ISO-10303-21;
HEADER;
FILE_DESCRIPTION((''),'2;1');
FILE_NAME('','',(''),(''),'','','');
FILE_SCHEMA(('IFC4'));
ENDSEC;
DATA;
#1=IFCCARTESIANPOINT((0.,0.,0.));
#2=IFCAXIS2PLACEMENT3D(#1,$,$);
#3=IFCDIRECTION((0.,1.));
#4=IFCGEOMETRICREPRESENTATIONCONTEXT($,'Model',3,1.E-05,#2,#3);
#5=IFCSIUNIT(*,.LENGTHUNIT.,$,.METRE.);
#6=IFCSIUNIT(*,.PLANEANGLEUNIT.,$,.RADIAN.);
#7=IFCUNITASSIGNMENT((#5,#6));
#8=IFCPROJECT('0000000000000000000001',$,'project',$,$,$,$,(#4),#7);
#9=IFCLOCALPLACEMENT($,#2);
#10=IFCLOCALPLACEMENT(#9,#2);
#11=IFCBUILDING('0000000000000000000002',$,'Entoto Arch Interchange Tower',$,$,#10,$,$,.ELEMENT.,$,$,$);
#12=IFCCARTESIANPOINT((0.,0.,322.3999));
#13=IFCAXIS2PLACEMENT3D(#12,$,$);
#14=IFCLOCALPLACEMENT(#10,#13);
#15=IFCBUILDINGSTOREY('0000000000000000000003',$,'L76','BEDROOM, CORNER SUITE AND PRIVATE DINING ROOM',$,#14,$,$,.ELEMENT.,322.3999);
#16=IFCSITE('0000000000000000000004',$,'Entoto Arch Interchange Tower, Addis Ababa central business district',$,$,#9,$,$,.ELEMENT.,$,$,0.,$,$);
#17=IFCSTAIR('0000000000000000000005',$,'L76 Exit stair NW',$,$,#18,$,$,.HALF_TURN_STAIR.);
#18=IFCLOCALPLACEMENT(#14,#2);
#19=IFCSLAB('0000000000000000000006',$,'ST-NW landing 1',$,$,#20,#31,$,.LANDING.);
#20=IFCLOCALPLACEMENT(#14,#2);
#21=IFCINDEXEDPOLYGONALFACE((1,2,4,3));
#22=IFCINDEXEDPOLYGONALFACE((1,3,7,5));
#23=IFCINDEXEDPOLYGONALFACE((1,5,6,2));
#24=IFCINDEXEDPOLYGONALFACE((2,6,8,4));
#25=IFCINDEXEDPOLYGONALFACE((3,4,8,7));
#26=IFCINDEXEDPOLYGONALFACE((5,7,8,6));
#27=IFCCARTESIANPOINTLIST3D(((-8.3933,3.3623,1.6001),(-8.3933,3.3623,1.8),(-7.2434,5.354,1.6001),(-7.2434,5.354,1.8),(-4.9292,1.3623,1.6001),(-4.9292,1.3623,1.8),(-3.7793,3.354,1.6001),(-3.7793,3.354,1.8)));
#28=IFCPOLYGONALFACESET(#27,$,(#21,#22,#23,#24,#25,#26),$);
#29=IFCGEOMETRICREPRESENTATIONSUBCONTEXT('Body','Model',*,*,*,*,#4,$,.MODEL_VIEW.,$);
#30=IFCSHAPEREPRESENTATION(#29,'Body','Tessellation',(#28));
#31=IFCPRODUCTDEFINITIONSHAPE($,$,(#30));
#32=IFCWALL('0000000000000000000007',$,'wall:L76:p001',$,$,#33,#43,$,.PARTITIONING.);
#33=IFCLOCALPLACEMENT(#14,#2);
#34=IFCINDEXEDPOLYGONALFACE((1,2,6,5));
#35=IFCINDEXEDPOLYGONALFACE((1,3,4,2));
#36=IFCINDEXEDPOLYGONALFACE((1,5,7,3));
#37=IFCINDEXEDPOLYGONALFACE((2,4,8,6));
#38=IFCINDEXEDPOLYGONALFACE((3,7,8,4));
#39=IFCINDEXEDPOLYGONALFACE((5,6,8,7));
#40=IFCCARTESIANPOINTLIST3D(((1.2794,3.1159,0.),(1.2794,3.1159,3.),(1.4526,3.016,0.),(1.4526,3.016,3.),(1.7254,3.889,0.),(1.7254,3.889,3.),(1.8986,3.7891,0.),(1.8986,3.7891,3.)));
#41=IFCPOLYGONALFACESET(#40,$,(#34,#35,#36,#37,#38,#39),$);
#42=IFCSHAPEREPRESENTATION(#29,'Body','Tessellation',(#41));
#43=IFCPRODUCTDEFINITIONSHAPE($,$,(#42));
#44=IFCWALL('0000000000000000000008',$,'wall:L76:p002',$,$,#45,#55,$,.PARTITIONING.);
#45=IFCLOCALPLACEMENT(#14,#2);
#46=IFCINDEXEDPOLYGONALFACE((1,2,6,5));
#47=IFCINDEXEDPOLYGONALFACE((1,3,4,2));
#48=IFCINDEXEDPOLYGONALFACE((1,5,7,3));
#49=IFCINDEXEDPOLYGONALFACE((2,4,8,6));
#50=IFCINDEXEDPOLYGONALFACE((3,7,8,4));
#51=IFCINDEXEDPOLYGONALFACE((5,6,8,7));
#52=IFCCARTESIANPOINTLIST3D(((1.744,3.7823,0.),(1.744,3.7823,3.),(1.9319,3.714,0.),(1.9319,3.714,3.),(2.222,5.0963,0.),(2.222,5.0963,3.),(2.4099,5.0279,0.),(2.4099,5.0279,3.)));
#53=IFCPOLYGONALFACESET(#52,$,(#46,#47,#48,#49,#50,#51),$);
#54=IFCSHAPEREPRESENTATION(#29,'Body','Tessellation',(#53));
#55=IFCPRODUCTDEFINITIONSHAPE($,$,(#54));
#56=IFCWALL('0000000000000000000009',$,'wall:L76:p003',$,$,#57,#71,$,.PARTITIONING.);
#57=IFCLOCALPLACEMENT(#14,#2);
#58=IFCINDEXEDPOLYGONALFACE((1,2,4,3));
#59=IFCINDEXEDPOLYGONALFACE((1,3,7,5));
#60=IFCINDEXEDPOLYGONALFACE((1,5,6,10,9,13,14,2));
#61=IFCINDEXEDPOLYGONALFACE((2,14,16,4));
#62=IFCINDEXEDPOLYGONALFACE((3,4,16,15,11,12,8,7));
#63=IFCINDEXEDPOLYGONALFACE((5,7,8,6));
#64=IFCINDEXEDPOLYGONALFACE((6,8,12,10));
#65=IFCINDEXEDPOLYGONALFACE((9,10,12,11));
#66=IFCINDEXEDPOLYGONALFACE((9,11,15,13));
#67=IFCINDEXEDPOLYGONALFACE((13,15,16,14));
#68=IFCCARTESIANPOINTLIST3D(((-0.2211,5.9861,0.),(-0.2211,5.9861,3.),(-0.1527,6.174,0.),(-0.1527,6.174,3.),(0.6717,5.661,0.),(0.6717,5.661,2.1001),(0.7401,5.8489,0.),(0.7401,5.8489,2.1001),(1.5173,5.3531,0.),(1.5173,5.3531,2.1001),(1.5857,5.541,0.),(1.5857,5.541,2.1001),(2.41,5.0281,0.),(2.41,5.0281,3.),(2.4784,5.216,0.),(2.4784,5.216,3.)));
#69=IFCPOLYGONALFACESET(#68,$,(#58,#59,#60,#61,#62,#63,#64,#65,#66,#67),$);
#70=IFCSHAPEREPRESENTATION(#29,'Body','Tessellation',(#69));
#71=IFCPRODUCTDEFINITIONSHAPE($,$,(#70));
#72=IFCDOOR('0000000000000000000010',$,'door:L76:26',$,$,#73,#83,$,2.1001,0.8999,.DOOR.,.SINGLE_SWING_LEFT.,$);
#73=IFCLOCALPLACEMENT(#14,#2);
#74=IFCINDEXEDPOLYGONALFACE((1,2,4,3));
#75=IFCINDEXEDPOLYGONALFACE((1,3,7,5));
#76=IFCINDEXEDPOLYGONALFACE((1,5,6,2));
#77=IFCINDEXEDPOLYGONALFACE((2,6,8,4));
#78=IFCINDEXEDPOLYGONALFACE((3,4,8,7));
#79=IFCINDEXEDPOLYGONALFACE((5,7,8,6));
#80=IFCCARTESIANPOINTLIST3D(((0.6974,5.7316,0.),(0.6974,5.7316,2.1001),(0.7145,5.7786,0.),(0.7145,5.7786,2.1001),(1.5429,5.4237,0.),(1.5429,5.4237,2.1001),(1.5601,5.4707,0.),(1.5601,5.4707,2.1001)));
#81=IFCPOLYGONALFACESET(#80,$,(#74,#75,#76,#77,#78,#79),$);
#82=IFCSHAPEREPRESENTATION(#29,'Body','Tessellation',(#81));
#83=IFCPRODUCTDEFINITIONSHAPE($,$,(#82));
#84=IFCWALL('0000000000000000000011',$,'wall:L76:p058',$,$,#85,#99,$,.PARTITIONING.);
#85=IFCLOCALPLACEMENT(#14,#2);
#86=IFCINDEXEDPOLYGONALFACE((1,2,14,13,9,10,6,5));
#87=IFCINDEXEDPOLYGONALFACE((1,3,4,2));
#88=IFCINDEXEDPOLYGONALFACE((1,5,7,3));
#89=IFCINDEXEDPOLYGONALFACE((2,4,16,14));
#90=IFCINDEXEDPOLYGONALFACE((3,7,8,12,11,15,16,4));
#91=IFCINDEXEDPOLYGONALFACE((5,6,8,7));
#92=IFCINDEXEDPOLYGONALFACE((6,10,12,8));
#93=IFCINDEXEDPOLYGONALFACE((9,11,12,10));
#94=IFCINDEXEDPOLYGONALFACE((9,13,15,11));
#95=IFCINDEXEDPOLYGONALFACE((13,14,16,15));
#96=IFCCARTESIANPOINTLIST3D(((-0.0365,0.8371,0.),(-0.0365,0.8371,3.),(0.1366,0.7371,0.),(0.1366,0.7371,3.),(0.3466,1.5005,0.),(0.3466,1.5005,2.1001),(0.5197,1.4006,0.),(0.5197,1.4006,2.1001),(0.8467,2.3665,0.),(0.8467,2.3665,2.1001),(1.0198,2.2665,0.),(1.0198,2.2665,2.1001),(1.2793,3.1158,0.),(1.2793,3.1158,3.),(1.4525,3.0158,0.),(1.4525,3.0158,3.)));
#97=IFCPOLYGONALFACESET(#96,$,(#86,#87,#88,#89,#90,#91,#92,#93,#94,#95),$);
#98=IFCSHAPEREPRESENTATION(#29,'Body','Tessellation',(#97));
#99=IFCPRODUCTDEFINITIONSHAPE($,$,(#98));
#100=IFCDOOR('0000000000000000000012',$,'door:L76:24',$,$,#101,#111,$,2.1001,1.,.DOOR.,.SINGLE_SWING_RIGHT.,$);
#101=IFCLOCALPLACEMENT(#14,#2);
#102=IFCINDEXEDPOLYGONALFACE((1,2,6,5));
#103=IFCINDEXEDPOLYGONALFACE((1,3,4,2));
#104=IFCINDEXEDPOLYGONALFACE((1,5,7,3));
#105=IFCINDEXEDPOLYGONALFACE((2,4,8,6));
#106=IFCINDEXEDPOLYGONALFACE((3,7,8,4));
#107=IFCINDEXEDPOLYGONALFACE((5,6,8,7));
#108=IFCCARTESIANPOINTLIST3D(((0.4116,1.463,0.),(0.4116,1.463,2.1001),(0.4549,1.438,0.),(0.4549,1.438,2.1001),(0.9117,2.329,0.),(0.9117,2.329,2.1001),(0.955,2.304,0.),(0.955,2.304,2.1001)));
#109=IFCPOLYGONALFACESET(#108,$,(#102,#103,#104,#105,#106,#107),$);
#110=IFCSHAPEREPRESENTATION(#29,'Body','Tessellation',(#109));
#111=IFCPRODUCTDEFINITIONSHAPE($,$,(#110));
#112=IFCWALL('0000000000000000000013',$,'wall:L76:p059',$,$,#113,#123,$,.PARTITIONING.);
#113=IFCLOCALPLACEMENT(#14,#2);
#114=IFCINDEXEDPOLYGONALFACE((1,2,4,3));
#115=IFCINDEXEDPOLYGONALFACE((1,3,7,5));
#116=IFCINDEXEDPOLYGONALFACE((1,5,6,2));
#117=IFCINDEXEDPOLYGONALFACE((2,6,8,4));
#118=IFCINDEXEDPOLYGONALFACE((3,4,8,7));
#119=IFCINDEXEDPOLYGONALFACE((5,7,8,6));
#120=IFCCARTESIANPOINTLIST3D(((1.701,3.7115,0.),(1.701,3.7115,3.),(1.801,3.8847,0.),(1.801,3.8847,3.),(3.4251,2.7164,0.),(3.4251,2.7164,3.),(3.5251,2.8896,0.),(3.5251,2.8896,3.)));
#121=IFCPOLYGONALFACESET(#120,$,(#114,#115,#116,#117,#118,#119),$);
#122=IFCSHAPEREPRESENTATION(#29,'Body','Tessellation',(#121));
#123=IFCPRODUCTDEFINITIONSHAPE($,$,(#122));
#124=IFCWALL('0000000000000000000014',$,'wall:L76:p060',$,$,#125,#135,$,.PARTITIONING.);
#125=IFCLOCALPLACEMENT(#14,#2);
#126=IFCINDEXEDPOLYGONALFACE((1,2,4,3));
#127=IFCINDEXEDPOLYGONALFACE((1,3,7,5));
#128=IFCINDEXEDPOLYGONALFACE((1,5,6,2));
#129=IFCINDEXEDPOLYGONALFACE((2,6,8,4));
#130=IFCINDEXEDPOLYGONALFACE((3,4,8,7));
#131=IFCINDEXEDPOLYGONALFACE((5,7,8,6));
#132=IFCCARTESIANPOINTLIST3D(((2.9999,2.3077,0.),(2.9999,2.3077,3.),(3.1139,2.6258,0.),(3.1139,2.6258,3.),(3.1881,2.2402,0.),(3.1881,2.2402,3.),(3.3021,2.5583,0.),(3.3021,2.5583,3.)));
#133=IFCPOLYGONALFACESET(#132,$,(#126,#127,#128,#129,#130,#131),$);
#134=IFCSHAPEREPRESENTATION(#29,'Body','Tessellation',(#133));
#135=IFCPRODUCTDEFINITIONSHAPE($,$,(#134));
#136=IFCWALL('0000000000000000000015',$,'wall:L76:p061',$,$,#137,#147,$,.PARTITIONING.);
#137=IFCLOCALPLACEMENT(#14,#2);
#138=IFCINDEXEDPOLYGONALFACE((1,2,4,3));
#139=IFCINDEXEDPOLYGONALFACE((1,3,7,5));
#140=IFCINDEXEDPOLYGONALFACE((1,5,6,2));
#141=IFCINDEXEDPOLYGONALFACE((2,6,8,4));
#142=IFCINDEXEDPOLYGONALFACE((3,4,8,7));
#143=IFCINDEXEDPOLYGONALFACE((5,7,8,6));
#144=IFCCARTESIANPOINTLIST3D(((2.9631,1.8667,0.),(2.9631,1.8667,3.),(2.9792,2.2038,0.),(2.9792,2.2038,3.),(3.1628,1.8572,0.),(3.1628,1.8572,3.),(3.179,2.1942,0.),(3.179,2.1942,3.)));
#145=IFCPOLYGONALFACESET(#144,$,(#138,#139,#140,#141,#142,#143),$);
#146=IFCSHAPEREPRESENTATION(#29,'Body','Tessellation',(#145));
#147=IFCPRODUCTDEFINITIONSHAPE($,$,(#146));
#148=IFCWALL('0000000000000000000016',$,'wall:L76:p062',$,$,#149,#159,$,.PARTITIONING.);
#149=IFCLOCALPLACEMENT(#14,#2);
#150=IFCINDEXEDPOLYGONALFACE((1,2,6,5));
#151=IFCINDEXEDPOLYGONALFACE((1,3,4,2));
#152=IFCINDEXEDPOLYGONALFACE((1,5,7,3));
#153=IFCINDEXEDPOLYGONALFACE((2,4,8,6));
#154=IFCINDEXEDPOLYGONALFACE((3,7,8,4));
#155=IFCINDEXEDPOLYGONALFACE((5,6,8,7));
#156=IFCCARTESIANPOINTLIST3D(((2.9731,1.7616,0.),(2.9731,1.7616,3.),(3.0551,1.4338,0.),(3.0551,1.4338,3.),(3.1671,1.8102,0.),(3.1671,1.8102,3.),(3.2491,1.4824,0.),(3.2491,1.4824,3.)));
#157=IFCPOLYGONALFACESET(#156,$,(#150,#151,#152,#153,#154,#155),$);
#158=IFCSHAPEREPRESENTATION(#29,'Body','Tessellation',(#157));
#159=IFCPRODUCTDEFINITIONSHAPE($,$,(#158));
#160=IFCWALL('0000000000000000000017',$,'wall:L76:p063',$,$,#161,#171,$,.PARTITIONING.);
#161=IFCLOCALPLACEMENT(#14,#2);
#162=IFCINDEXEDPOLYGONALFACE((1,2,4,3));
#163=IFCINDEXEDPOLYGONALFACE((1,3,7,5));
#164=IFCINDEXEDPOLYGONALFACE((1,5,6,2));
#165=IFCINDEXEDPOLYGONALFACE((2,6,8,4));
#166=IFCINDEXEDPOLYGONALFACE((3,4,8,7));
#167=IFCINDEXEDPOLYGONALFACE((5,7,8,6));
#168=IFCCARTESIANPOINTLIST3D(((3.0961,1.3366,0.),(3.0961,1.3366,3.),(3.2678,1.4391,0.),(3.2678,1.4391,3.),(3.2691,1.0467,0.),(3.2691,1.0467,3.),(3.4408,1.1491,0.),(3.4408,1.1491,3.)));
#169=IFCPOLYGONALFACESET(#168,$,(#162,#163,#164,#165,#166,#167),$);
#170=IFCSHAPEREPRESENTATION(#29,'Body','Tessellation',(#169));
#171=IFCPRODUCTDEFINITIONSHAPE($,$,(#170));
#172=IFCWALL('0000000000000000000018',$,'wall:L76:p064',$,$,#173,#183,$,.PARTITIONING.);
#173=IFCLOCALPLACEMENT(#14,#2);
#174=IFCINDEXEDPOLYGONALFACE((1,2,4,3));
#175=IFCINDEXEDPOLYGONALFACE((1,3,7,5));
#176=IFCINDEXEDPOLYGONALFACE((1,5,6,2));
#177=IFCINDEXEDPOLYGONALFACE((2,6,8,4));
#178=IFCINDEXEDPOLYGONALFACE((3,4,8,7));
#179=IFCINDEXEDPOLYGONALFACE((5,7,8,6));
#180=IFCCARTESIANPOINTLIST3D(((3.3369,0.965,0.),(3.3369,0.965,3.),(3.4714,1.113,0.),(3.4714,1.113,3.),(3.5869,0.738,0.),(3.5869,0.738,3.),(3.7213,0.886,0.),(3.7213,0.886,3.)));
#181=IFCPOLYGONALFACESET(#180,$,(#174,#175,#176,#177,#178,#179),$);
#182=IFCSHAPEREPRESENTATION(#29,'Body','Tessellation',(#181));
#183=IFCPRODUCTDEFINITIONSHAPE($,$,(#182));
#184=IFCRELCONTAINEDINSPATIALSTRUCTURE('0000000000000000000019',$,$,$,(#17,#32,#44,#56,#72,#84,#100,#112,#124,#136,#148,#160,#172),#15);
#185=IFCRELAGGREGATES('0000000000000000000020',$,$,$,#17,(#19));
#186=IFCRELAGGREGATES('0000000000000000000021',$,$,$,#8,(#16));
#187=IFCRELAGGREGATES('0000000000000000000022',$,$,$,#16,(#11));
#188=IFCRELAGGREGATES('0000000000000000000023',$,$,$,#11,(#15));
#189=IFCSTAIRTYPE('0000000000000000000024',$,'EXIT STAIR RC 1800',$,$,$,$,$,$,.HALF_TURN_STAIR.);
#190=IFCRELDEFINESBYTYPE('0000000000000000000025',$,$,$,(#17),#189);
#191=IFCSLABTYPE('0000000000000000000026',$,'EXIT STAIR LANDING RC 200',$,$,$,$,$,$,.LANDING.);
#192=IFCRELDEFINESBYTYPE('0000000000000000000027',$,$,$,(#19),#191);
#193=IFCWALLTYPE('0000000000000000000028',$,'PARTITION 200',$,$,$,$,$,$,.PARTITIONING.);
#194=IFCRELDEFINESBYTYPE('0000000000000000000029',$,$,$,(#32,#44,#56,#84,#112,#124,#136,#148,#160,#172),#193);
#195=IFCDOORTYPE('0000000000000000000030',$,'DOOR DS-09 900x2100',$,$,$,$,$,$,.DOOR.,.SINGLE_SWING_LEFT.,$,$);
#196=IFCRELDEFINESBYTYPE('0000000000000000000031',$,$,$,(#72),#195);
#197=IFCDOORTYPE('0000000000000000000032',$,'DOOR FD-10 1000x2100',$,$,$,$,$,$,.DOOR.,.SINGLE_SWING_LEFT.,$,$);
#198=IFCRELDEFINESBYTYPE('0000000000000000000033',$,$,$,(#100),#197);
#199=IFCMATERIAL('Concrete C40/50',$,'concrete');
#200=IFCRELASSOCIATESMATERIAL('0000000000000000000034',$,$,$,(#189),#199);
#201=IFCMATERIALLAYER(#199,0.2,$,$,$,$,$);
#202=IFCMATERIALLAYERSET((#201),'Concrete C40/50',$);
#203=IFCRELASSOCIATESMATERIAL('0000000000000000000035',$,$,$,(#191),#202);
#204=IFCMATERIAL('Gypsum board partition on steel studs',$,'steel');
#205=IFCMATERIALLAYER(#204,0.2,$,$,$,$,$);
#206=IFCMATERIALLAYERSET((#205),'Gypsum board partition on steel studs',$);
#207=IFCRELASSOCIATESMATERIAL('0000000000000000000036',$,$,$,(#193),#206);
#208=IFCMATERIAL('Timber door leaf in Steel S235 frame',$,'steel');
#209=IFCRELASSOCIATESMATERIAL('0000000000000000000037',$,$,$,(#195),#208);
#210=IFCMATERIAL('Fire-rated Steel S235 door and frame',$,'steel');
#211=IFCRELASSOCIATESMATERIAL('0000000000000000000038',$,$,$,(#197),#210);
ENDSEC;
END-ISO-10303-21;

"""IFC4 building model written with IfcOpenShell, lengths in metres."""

from ifc_helpers import new_model, si_unit, direction, frame, frame_2d, origin, place, context, subcontext, project, spatial, polyline, rectangle, outline, extrude, material, layer, layer_set, type_object, element, fill, aggregate, save


model = new_model("IFC4")

# Units and contexts
model_context = context("Model", 3, precision=1e-05, world=origin(), true_north=direction((0.0, 1.0)))
body_context = subcontext(model_context, "Body", "Model", "MODEL_VIEW")
ifc_project = project(units=[si_unit("LENGTHUNIT", "METRE"), si_unit("PLANEANGLEUNIT", "RADIAN")], contexts=[model_context])

# Site, building, storey
site_placement = place(None, origin())
site = spatial("IfcSite", under=ifc_project, at=site_placement, Name="Entoto Arch Interchange Tower, Addis Ababa central business district", CompositionType="ELEMENT", RefElevation=0.0)
building_placement = place(site_placement, origin())
building = spatial("IfcBuilding", under=site, at=building_placement, Name="Entoto Arch Interchange Tower", CompositionType="ELEMENT")
storey_placement = place(building_placement, frame((0.0, 0.0, 322.3999)))
storey = spatial("IfcBuildingStorey", under=building, at=storey_placement, Name="L76", Description="BEDROOM, CORNER SUITE AND PRIVATE DINING ROOM", CompositionType="ELEMENT", Elevation=322.3999)

# Stair, slab
ifc_material_1 = material(Name="Concrete C40/50", Category="concrete")
stair_type = type_object("IfcStairType", Name="EXIT STAIR RC 1800", PredefinedType="HALF_TURN_STAIR", material=ifc_material_1)
stair_1_placement = place(storey_placement, origin())
stair_1 = element("IfcStair", 1, at=stair_1_placement, inside=storey, type_object=stair_type, Name="L76 Exit stair NW", PredefinedType="HALF_TURN_STAIR")
ifc_layer_1 = layer(ifc_material_1, 0.2)
ifc_layer_set_1 = layer_set([ifc_layer_1], Name="Concrete C40/50")
slab_type = type_object("IfcSlabType", Name="EXIT STAIR LANDING RC 200", PredefinedType="LANDING", material=ifc_layer_set_1)
slab_placement = place(storey_placement, frame((0.0, 0.0, 1.6001)))
slab = element("IfcSlab", 2, at=slab_placement, type_object=slab_type, Name="ST-NW landing 1", PredefinedType="LANDING", context=body_context, shape_type="SweptSolid", body=[
    extrude(outline(polyline([(-7.2434, 5.354), (-8.3933, 3.3623), (-4.9292, 1.3623), (-3.7793, 3.354), (-7.2434, 5.354)])), origin(), (0.0, 0.0, 1.0), 0.2),
])
aggregate(stair_1, [slab])

# Walls
ifc_material_2 = material(Name="Gypsum board partition on steel studs", Category="steel")
ifc_layer_2 = layer(ifc_material_2, 0.2)
ifc_layer_set_2 = layer_set([ifc_layer_2], Name="Gypsum board partition on steel studs")
wall_type_1 = type_object("IfcWallType", Name="PARTITION 200", PredefinedType="PARTITIONING", material=ifc_layer_set_2)
wall_1_placement = place(storey_placement, frame((1.366, 3.0659, 0.0), z_axis=(0.0, 0.0, 1.0), x_axis=(0.499699, 0.866199, 0.0)))
element("IfcWall", 3, at=wall_1_placement, inside=storey, type_object=wall_type_1, Name="wall:L76:p001", PredefinedType="PARTITIONING", context=body_context, shape_type="SweptSolid", body=[
    extrude(rectangle(XDim=0.8926, YDim=0.2, at=frame_2d((0.4463, 0.0))), origin(), (0.0, 0.0, 1.0), 3.0),
])
wall_2_placement = place(storey_placement, frame((1.8379, 3.748, 0.0), z_axis=(0.0, 0.0, 1.0), x_axis=(0.341883, 0.939742, 0.0)))
element("IfcWall", 4, at=wall_2_placement, inside=storey, type_object=wall_type_1, Name="wall:L76:p002", PredefinedType="PARTITIONING", context=body_context, shape_type="SweptSolid", body=[
    extrude(rectangle(XDim=1.3982, YDim=0.2, at=frame_2d((0.6992, 0.0))), origin(), (0.0, 0.0, 1.0), 3.0),
])

# Walls, openings, doors
wall_3_placement = place(storey_placement, frame((2.4441, 5.1221, 0.0), z_axis=(0.0, 0.0, 1.0), x_axis=(-0.939651, 0.342135, 0.0)))
wall_3 = element("IfcWall", 5, at=wall_3_placement, inside=storey, type_object=wall_type_1, Name="wall:L76:p003", PredefinedType="PARTITIONING", context=body_context, shape_type="SweptSolid", body=[
    extrude(rectangle(XDim=2.8, YDim=0.2, at=frame_2d((1.3999, 0.0))), origin(), (0.0, 0.0, 1.0), 3.0),
])
opening_1_placement = place(wall_3_placement, frame((0.95, 0.0, 0.0)))
opening_1 = element("IfcOpeningElement", 6, at=opening_1_placement, cuts=wall_3, PredefinedType="OPENING", context=body_context, shape_type="SweptSolid", body=[
    extrude(rectangle(XDim=0.8999, YDim=2.1001, at=frame_2d((0.45, 1.05))), frame((0.0, 0.1099, 0.0), z_axis=(0.0, -1.0, 0.0), x_axis=(1.0, 0.0, 0.0)), (0.0, 0.0, 1.0), 0.22),
])
ifc_material_3 = material(Name="Timber door leaf in Steel S235 frame", Category="steel")
door_type_1 = type_object("IfcDoorType", Name="DOOR DS-09 900x2100", OperationType="SINGLE_SWING_LEFT", PredefinedType="DOOR", material=ifc_material_3)
door_1_placement = place(opening_1_placement, origin())
door_1 = element("IfcDoor", 7, at=door_1_placement, inside=storey, type_object=door_type_1, Name="door:L76:26", OperationType="SINGLE_SWING_LEFT", OverallHeight=2.1001, OverallWidth=0.8999, PredefinedType="DOOR", context=body_context, shape_type="SweptSolid", body=[
    extrude(rectangle(XDim=0.8999, YDim=2.1001, at=frame_2d((0.45, 1.05))), frame((0.0, 0.0249, 0.0), z_axis=(0.0, -1.0, 0.0), x_axis=(1.0, 0.0, 0.0)), (0.0, 0.0, 1.0), 0.05),
])
fill(opening_1, door_1)
wall_4_placement = place(storey_placement, frame((0.05, 0.7871, 0.0), z_axis=(0.0, 0.0, 1.0), x_axis=(0.50007, 0.865985, 0.0)))
wall_4 = element("IfcWall", 8, at=wall_4_placement, inside=storey, type_object=wall_type_1, Name="wall:L76:p058", PredefinedType="PARTITIONING", context=body_context, shape_type="SweptSolid", body=[
    extrude(rectangle(XDim=2.6313, YDim=0.2, at=frame_2d((1.3157, 0.0))), origin(), (0.0, 0.0, 1.0), 3.0),
])
opening_2_placement = place(wall_4_placement, frame((0.7661, 0.0, 0.0)))
opening_2 = element("IfcOpeningElement", 9, at=opening_2_placement, cuts=wall_4, PredefinedType="OPENING", context=body_context, shape_type="SweptSolid", body=[
    extrude(rectangle(XDim=1.0, YDim=2.1001, at=frame_2d((0.5, 1.05))), frame((0.0, 0.1099, 0.0), z_axis=(0.0, -1.0, 0.0), x_axis=(1.0, 0.0, 0.0)), (0.0, 0.0, 1.0), 0.22),
])
ifc_material_4 = material(Name="Fire-rated Steel S235 door and frame", Category="steel")
door_type_2 = type_object("IfcDoorType", Name="DOOR FD-10 1000x2100", OperationType="SINGLE_SWING_LEFT", PredefinedType="DOOR", material=ifc_material_4)
door_2_placement = place(opening_2_placement, origin())
door_2 = element("IfcDoor", 10, at=door_2_placement, inside=storey, type_object=door_type_2, Name="door:L76:24", OperationType="SINGLE_SWING_RIGHT", OverallHeight=2.1001, OverallWidth=1.0, PredefinedType="DOOR", context=body_context, shape_type="SweptSolid", body=[
    extrude(rectangle(XDim=1.0, YDim=2.1001, at=frame_2d((0.5, 1.05))), frame((0.0, 0.0249, 0.0), z_axis=(0.0, -1.0, 0.0), x_axis=(1.0, 0.0, 0.0)), (0.0, 0.0, 1.0), 0.05),
])
fill(opening_2, door_2)

# Walls
wall_5_placement = place(storey_placement, frame((1.751, 3.7981, 0.0), z_axis=(0.0, 0.0, 1.0), x_axis=(0.866092, -0.499885, 0.0)))
element("IfcWall", 11, at=wall_5_placement, inside=storey, type_object=wall_type_1, Name="wall:L76:p059", PredefinedType="PARTITIONING", context=body_context, shape_type="SweptSolid", body=[
    extrude(rectangle(XDim=1.9907, YDim=0.2, at=frame_2d((0.9954, 0.0))), origin(), (0.0, 0.0, 1.0), 3.0),
])
wall_6_placement = place(storey_placement, frame((3.208, 2.592, 0.0), z_axis=(0.0, 0.0, 1.0), x_axis=(-0.337389, -0.941365, 0.0)))
element("IfcWall", 12, at=wall_6_placement, inside=storey, type_object=wall_type_1, Name="wall:L76:p060", PredefinedType="PARTITIONING", context=body_context, shape_type="SweptSolid", body=[
    extrude(rectangle(XDim=0.3379, YDim=0.2, at=frame_2d((0.1689, 0.0))), origin(), (0.0, 0.0, 1.0), 3.0),
])
wall_7_placement = place(storey_placement, frame((3.0791, 2.199, 0.0), z_axis=(0.0, 0.0, 1.0), x_axis=(-0.047771, -0.998858, 0.0)))
element("IfcWall", 13, at=wall_7_placement, inside=storey, type_object=wall_type_1, Name="wall:L76:p061", PredefinedType="PARTITIONING", context=body_context, shape_type="SweptSolid", body=[
    extrude(rectangle(XDim=0.3374, YDim=0.2, at=frame_2d((0.1687, 0.0))), origin(), (0.0, 0.0, 1.0), 3.0),
])
wall_8_placement = place(storey_placement, frame((3.0701, 1.7859, 0.0), z_axis=(0.0, 0.0, 1.0), x_axis=(0.242706, -0.9701, 0.0)))
element("IfcWall", 14, at=wall_8_placement, inside=storey, type_object=wall_type_1, Name="wall:L76:p062", PredefinedType="PARTITIONING", context=body_context, shape_type="SweptSolid", body=[
    extrude(rectangle(XDim=0.3379, YDim=0.2, at=frame_2d((0.1689, 0.0))), origin(), (0.0, 0.0, 1.0), 3.0),
])
for number, where, z_axis, x_axis, name in (
    (15, (3.1819, 1.3879, 0.0), (0.0, 0.0, 1.0), (0.512475, -0.858702, 0.0), "wall:L76:p063"),
    (16, (3.4041, 1.0391, 0.0), (0.0, 0.0, 1.0), (0.740267, -0.672313, 0.0), "wall:L76:p064"),
):
    element("IfcWall", number, at=place(storey_placement, frame(where, z_axis=z_axis, x_axis=x_axis)), inside=storey, type_object=wall_type_1, Name=name, PredefinedType="PARTITIONING", context=body_context, shape_type="SweptSolid", body=[
        extrude(rectangle(XDim=0.3376, YDim=0.2, at=frame_2d((0.1689, 0.0))), origin(), (0.0, 0.0, 1.0), 3.0),
    ])

save(model, "model.ifc")
